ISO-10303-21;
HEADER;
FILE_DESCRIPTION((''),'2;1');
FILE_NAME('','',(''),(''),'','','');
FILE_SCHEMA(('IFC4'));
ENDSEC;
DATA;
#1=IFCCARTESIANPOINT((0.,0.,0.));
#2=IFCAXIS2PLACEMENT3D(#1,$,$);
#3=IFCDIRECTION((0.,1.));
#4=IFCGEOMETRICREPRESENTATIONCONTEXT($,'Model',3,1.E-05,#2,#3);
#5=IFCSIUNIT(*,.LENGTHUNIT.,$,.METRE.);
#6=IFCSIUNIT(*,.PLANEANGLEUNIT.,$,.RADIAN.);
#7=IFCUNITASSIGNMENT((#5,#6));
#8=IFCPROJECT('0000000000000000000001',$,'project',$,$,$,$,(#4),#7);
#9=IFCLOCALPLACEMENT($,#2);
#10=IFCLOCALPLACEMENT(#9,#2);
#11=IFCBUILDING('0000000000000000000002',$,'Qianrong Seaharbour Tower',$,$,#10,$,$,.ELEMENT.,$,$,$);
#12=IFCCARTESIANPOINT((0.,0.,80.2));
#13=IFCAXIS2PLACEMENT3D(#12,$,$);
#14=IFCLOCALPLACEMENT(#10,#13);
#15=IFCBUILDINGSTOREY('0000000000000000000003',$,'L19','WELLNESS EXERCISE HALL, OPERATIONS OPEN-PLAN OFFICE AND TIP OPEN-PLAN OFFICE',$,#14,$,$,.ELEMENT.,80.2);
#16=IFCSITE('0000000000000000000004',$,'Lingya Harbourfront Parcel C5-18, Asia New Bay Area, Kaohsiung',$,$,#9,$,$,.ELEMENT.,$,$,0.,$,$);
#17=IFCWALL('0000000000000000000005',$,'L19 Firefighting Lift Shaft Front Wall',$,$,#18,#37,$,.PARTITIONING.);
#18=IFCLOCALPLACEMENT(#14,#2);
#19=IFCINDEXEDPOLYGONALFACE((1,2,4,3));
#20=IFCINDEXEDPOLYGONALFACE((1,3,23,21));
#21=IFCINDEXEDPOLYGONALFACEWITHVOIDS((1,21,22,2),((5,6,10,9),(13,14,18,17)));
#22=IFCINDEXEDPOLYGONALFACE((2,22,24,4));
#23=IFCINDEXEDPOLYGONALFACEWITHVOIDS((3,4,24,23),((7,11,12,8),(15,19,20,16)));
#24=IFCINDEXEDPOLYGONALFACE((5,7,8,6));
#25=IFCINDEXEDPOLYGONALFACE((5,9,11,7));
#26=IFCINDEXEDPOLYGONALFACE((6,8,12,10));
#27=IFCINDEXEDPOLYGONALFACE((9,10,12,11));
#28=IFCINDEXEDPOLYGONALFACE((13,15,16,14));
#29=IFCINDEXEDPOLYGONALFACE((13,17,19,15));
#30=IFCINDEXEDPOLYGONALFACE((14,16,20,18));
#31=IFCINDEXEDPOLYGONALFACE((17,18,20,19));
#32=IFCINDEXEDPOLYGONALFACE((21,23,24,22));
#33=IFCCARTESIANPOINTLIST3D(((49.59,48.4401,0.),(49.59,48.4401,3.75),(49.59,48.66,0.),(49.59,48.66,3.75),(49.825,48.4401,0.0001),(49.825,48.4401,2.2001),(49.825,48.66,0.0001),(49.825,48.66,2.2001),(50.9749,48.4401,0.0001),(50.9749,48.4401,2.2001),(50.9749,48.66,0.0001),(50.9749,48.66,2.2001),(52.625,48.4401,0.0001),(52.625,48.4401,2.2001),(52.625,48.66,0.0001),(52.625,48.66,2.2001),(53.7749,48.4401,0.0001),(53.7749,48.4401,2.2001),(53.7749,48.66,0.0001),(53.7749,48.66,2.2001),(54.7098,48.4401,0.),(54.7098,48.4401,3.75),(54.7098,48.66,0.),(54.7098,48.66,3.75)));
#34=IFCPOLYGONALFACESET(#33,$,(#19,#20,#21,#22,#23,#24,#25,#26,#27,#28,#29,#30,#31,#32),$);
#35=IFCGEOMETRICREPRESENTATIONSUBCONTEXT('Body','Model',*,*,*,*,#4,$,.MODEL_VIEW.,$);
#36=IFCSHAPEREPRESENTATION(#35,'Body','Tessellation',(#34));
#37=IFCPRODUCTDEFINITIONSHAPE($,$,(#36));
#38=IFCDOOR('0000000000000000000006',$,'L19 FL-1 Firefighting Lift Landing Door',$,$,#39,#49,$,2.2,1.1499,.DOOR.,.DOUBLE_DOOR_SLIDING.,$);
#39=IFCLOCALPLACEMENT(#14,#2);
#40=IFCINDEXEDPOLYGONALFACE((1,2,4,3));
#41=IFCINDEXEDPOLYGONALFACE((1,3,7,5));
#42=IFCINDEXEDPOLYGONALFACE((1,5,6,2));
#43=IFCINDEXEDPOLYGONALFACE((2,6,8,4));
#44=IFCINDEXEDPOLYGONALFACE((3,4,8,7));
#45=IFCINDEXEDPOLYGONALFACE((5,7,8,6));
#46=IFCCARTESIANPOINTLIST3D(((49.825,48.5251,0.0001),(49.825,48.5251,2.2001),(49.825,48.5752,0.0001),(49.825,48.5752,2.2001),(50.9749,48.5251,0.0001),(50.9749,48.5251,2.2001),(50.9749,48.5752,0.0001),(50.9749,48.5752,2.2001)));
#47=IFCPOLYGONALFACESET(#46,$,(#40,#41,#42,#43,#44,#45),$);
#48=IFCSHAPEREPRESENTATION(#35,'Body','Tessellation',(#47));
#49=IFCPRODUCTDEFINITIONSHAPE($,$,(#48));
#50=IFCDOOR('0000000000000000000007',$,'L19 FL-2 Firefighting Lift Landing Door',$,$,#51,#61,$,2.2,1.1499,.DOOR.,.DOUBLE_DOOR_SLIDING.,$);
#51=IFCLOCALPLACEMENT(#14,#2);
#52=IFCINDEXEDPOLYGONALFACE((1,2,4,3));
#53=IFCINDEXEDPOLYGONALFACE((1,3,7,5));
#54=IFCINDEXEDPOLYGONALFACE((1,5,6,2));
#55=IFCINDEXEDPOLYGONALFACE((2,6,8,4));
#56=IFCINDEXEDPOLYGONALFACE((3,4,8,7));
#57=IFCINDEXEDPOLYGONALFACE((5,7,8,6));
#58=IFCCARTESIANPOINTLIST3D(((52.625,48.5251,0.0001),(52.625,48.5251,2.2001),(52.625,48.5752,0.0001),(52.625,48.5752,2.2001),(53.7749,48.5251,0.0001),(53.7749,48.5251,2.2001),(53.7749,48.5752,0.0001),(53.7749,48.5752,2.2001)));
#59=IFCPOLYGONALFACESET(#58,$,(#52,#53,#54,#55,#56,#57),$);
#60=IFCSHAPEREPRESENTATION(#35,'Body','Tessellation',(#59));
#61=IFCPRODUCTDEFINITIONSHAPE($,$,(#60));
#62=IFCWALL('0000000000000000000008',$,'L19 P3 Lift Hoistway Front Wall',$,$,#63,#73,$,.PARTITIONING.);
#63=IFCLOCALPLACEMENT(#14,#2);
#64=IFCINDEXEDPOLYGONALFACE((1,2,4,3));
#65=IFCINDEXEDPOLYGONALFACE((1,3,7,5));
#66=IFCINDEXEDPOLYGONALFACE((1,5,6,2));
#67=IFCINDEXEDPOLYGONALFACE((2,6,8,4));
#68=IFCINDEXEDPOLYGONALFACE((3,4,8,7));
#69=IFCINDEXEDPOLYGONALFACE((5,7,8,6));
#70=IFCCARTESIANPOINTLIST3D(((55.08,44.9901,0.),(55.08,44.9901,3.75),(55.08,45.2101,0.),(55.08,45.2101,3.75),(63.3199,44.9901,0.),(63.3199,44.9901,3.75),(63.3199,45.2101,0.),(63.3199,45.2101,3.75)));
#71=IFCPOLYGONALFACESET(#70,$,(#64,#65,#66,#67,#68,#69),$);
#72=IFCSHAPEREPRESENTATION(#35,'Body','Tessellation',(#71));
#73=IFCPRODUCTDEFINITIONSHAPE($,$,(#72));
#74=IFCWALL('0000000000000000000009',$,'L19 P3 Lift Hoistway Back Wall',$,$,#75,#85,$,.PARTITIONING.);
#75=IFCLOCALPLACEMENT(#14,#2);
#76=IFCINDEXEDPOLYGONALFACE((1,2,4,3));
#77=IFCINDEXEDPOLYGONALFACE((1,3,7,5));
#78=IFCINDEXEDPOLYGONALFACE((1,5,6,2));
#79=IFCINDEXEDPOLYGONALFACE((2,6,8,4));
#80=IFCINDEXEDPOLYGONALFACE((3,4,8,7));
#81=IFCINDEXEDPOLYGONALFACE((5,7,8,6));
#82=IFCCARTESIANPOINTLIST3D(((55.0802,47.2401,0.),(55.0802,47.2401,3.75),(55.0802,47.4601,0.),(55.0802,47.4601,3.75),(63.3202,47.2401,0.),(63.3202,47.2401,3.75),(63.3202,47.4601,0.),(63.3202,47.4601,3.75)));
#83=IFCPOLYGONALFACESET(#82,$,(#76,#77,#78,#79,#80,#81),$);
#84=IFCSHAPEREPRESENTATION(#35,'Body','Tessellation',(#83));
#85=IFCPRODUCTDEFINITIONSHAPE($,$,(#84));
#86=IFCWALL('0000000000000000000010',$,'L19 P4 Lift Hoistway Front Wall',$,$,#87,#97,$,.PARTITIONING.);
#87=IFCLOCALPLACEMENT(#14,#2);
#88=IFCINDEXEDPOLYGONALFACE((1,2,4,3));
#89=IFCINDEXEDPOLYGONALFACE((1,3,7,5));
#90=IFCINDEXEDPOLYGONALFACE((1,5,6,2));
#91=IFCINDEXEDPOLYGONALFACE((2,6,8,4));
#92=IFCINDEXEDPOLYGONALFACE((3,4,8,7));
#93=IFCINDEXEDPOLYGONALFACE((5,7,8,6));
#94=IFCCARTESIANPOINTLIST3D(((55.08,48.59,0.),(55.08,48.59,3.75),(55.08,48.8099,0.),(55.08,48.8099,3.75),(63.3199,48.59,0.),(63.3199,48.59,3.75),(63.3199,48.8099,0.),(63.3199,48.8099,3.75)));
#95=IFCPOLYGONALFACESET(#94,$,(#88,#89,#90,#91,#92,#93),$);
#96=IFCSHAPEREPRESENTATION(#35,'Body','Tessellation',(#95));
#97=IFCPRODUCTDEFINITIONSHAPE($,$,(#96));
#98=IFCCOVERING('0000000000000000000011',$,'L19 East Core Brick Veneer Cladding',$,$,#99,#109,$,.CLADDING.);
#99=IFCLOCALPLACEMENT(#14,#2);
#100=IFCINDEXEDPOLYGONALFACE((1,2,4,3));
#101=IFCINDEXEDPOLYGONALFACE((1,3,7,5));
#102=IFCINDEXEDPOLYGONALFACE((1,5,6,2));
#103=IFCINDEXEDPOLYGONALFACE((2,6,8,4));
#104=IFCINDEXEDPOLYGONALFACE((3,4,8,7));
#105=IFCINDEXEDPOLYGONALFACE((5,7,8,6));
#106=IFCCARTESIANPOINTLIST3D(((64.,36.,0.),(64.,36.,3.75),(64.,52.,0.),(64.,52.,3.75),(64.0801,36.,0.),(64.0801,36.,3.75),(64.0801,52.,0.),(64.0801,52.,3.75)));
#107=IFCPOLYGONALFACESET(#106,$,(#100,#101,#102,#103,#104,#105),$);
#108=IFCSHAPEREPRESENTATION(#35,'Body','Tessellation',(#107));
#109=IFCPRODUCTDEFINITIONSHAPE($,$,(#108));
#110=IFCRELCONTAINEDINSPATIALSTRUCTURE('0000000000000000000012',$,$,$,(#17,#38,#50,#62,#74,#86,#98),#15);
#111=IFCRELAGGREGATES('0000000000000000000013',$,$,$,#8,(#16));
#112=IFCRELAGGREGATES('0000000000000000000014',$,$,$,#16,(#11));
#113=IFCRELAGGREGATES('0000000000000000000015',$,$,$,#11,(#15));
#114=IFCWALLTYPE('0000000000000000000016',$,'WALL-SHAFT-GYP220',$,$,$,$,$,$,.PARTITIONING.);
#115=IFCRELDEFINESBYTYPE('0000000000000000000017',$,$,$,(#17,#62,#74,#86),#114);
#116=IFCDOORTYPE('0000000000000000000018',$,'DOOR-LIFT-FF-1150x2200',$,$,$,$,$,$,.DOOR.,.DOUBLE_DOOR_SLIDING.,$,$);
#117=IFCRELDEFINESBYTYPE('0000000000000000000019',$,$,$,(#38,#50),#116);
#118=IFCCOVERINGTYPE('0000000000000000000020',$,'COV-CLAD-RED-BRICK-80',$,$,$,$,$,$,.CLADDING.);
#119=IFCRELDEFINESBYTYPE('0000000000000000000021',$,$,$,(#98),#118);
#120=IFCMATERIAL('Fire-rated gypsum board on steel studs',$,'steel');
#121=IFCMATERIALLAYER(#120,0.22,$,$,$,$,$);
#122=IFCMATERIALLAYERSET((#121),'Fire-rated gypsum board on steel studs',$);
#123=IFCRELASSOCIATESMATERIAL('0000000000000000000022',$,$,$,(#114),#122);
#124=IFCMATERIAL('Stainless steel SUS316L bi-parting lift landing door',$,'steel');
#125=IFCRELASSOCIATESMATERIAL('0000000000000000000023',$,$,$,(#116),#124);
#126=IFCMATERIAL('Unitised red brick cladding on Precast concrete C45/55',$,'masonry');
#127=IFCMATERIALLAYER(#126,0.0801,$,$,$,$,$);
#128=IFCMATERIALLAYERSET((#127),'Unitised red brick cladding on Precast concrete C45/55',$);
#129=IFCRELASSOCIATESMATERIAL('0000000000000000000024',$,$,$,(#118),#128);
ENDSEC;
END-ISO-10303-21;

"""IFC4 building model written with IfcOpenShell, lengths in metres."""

from ifc_helpers import new_model, si_unit, direction, frame, frame_2d, origin, origin_2d, place, context, subcontext, project, spatial, rectangle, extrude, material, layer, layer_set, type_object, element, fill, save


model = new_model("IFC4")

# Units and contexts
model_context = context("Model", 3, precision=1e-05, world=origin(), true_north=direction((0.0, 1.0)))
body_context = subcontext(model_context, "Body", "Model", "MODEL_VIEW")
ifc_project = project(units=[si_unit("LENGTHUNIT", "METRE"), si_unit("PLANEANGLEUNIT", "RADIAN")], contexts=[model_context])

# Site, building, storey
site_placement = place(None, origin())
site = spatial("IfcSite", under=ifc_project, at=site_placement, Name="Lingya Harbourfront Parcel C5-18, Asia New Bay Area, Kaohsiung", CompositionType="ELEMENT", RefElevation=0.0)
building_placement = place(site_placement, origin())
building = spatial("IfcBuilding", under=site, at=building_placement, Name="Qianrong Seaharbour Tower", CompositionType="ELEMENT")
storey_placement = place(building_placement, frame((0.0, 0.0, 80.2)))
storey = spatial("IfcBuildingStorey", under=building, at=storey_placement, Name="L19", Description="WELLNESS EXERCISE HALL, OPERATIONS OPEN-PLAN OFFICE AND TIP OPEN-PLAN OFFICE", CompositionType="ELEMENT", Elevation=80.2)

# Shared definitions
ifc_material_1 = material(Name="Fire-rated gypsum board on steel studs", Category="steel")

# Wall, openings, doors
ifc_layer_1 = layer(ifc_material_1, 0.22)
ifc_layer_set_1 = layer_set([ifc_layer_1], Name="Fire-rated gypsum board on steel studs")
wall_type_1 = type_object("IfcWallType", Name="WALL-SHAFT-GYP220", PredefinedType="PARTITIONING", material=ifc_layer_set_1)
wall_1_placement = place(storey_placement, frame((54.71, 48.55, 0.0), z_axis=(0.0, 0.0, 1.0), x_axis=(-1.0, 0.0, 0.0)))
wall_1 = element("IfcWall", 1, at=wall_1_placement, inside=storey, type_object=wall_type_1, Name="L19 Firefighting Lift Shaft Front Wall", PredefinedType="PARTITIONING", context=body_context, shape_type="SweptSolid", body=[
    extrude(rectangle(XDim=5.1199, YDim=0.22, at=frame_2d((2.5601, 0.0))), origin(), (0.0, 0.0, 1.0), 3.75),
])
opening_1_placement = place(wall_1_placement, frame((3.7351, 0.0, 0.0)))
opening_1 = element("IfcOpeningElement", 2, at=opening_1_placement, cuts=wall_1, PredefinedType="OPENING", context=body_context, shape_type="SweptSolid", body=[
    extrude(rectangle(XDim=1.1499, YDim=2.2, at=frame_2d((0.575, 1.1001))), frame((0.0, 0.1201, 0.0), z_axis=(0.0, -1.0, 0.0), x_axis=(1.0, 0.0, 0.0)), (0.0, 0.0, 1.0), 0.24),
])
opening_2_placement = place(wall_1_placement, frame((0.9351, 0.0, 0.0)))
opening_2 = element("IfcOpeningElement", 3, at=opening_2_placement, cuts=wall_1, PredefinedType="OPENING", context=body_context, shape_type="SweptSolid", body=[
    extrude(rectangle(XDim=1.1499, YDim=2.2, at=frame_2d((0.575, 1.1001))), frame((0.0, 0.1201, 0.0), z_axis=(0.0, -1.0, 0.0), x_axis=(1.0, 0.0, 0.0)), (0.0, 0.0, 1.0), 0.24),
])
ifc_material_2 = material(Name="Stainless steel SUS316L bi-parting lift landing door", Category="steel")
door_type_1 = type_object("IfcDoorType", Name="DOOR-LIFT-FF-1150x2200", OperationType="DOUBLE_DOOR_SLIDING", PredefinedType="DOOR", material=ifc_material_2)
door_1_placement = place(opening_1_placement, origin())
door_1 = element("IfcDoor", 4, at=door_1_placement, inside=storey, type_object=door_type_1, Name="L19 FL-1 Firefighting Lift Landing Door", OperationType="DOUBLE_DOOR_SLIDING", OverallHeight=2.2, OverallWidth=1.1499, PredefinedType="DOOR", context=body_context, shape_type="SweptSolid", body=[
    extrude(rectangle(XDim=1.1499, YDim=2.2, at=frame_2d((0.575, 1.1001))), frame((0.0, 0.0249, 0.0), z_axis=(0.0, -1.0, 0.0), x_axis=(1.0, 0.0, 0.0)), (0.0, 0.0, 1.0), 0.05),
])
fill(opening_1, door_1)
door_2_placement = place(opening_2_placement, origin())
door_2 = element("IfcDoor", 5, at=door_2_placement, inside=storey, type_object=door_type_1, Name="L19 FL-2 Firefighting Lift Landing Door", OperationType="DOUBLE_DOOR_SLIDING", OverallHeight=2.2, OverallWidth=1.1499, PredefinedType="DOOR", context=body_context, shape_type="SweptSolid", body=[
    extrude(rectangle(XDim=1.1499, YDim=2.2, at=frame_2d((0.575, 1.1001))), frame((0.0, 0.0249, 0.0), z_axis=(0.0, -1.0, 0.0), x_axis=(1.0, 0.0, 0.0)), (0.0, 0.0, 1.0), 0.05),
])
fill(opening_2, door_2)

# Walls
for number, where, z_axis, x_axis, name in (
    (6, (63.3201, 45.1001, 0.0), (0.0, 0.0, 1.0), (-1.0, 0.0, 0.0), "L19 P3 Lift Hoistway Front Wall"),
    (7, (55.0801, 47.3501, 0.0), (0.0, 0.0, 1.0), (1.0, 0.0, 0.0), "L19 P3 Lift Hoistway Back Wall"),
    (8, (63.3201, 48.7, 0.0), (0.0, 0.0, 1.0), (-1.0, 0.0, 0.0), "L19 P4 Lift Hoistway Front Wall"),
):
    element("IfcWall", number, at=place(storey_placement, frame(where, z_axis=z_axis, x_axis=x_axis)), inside=storey, type_object=wall_type_1, Name=name, PredefinedType="PARTITIONING", context=body_context, shape_type="SweptSolid", body=[
        extrude(rectangle(XDim=8.24, YDim=0.22, at=frame_2d((4.1201, 0.0))), origin(), (0.0, 0.0, 1.0), 3.75),
    ])

# Covering
ifc_material_3 = material(Name="Unitised red brick cladding on Precast concrete C45/55", Category="masonry")
ifc_layer_2 = layer(ifc_material_3, 0.0801)
ifc_layer_set_2 = layer_set([ifc_layer_2], Name="Unitised red brick cladding on Precast concrete C45/55")
covering_type = type_object("IfcCoveringType", Name="COV-CLAD-RED-BRICK-80", PredefinedType="CLADDING", material=ifc_layer_set_2)
covering_placement = place(storey_placement, frame((64.04, 44.0, 0.0), z_axis=(0.0, 0.0, 1.0), x_axis=(1.0, 0.0, 0.0)))
element("IfcCovering", 9, at=covering_placement, inside=storey, type_object=covering_type, Name="L19 East Core Brick Veneer Cladding", PredefinedType="CLADDING", context=body_context, shape_type="SweptSolid", body=[
    extrude(rectangle(XDim=0.0801, YDim=16.0, at=origin_2d()), origin(), (0.0, 0.0, 1.0), 3.75),
])

save(model, "model.ifc")
